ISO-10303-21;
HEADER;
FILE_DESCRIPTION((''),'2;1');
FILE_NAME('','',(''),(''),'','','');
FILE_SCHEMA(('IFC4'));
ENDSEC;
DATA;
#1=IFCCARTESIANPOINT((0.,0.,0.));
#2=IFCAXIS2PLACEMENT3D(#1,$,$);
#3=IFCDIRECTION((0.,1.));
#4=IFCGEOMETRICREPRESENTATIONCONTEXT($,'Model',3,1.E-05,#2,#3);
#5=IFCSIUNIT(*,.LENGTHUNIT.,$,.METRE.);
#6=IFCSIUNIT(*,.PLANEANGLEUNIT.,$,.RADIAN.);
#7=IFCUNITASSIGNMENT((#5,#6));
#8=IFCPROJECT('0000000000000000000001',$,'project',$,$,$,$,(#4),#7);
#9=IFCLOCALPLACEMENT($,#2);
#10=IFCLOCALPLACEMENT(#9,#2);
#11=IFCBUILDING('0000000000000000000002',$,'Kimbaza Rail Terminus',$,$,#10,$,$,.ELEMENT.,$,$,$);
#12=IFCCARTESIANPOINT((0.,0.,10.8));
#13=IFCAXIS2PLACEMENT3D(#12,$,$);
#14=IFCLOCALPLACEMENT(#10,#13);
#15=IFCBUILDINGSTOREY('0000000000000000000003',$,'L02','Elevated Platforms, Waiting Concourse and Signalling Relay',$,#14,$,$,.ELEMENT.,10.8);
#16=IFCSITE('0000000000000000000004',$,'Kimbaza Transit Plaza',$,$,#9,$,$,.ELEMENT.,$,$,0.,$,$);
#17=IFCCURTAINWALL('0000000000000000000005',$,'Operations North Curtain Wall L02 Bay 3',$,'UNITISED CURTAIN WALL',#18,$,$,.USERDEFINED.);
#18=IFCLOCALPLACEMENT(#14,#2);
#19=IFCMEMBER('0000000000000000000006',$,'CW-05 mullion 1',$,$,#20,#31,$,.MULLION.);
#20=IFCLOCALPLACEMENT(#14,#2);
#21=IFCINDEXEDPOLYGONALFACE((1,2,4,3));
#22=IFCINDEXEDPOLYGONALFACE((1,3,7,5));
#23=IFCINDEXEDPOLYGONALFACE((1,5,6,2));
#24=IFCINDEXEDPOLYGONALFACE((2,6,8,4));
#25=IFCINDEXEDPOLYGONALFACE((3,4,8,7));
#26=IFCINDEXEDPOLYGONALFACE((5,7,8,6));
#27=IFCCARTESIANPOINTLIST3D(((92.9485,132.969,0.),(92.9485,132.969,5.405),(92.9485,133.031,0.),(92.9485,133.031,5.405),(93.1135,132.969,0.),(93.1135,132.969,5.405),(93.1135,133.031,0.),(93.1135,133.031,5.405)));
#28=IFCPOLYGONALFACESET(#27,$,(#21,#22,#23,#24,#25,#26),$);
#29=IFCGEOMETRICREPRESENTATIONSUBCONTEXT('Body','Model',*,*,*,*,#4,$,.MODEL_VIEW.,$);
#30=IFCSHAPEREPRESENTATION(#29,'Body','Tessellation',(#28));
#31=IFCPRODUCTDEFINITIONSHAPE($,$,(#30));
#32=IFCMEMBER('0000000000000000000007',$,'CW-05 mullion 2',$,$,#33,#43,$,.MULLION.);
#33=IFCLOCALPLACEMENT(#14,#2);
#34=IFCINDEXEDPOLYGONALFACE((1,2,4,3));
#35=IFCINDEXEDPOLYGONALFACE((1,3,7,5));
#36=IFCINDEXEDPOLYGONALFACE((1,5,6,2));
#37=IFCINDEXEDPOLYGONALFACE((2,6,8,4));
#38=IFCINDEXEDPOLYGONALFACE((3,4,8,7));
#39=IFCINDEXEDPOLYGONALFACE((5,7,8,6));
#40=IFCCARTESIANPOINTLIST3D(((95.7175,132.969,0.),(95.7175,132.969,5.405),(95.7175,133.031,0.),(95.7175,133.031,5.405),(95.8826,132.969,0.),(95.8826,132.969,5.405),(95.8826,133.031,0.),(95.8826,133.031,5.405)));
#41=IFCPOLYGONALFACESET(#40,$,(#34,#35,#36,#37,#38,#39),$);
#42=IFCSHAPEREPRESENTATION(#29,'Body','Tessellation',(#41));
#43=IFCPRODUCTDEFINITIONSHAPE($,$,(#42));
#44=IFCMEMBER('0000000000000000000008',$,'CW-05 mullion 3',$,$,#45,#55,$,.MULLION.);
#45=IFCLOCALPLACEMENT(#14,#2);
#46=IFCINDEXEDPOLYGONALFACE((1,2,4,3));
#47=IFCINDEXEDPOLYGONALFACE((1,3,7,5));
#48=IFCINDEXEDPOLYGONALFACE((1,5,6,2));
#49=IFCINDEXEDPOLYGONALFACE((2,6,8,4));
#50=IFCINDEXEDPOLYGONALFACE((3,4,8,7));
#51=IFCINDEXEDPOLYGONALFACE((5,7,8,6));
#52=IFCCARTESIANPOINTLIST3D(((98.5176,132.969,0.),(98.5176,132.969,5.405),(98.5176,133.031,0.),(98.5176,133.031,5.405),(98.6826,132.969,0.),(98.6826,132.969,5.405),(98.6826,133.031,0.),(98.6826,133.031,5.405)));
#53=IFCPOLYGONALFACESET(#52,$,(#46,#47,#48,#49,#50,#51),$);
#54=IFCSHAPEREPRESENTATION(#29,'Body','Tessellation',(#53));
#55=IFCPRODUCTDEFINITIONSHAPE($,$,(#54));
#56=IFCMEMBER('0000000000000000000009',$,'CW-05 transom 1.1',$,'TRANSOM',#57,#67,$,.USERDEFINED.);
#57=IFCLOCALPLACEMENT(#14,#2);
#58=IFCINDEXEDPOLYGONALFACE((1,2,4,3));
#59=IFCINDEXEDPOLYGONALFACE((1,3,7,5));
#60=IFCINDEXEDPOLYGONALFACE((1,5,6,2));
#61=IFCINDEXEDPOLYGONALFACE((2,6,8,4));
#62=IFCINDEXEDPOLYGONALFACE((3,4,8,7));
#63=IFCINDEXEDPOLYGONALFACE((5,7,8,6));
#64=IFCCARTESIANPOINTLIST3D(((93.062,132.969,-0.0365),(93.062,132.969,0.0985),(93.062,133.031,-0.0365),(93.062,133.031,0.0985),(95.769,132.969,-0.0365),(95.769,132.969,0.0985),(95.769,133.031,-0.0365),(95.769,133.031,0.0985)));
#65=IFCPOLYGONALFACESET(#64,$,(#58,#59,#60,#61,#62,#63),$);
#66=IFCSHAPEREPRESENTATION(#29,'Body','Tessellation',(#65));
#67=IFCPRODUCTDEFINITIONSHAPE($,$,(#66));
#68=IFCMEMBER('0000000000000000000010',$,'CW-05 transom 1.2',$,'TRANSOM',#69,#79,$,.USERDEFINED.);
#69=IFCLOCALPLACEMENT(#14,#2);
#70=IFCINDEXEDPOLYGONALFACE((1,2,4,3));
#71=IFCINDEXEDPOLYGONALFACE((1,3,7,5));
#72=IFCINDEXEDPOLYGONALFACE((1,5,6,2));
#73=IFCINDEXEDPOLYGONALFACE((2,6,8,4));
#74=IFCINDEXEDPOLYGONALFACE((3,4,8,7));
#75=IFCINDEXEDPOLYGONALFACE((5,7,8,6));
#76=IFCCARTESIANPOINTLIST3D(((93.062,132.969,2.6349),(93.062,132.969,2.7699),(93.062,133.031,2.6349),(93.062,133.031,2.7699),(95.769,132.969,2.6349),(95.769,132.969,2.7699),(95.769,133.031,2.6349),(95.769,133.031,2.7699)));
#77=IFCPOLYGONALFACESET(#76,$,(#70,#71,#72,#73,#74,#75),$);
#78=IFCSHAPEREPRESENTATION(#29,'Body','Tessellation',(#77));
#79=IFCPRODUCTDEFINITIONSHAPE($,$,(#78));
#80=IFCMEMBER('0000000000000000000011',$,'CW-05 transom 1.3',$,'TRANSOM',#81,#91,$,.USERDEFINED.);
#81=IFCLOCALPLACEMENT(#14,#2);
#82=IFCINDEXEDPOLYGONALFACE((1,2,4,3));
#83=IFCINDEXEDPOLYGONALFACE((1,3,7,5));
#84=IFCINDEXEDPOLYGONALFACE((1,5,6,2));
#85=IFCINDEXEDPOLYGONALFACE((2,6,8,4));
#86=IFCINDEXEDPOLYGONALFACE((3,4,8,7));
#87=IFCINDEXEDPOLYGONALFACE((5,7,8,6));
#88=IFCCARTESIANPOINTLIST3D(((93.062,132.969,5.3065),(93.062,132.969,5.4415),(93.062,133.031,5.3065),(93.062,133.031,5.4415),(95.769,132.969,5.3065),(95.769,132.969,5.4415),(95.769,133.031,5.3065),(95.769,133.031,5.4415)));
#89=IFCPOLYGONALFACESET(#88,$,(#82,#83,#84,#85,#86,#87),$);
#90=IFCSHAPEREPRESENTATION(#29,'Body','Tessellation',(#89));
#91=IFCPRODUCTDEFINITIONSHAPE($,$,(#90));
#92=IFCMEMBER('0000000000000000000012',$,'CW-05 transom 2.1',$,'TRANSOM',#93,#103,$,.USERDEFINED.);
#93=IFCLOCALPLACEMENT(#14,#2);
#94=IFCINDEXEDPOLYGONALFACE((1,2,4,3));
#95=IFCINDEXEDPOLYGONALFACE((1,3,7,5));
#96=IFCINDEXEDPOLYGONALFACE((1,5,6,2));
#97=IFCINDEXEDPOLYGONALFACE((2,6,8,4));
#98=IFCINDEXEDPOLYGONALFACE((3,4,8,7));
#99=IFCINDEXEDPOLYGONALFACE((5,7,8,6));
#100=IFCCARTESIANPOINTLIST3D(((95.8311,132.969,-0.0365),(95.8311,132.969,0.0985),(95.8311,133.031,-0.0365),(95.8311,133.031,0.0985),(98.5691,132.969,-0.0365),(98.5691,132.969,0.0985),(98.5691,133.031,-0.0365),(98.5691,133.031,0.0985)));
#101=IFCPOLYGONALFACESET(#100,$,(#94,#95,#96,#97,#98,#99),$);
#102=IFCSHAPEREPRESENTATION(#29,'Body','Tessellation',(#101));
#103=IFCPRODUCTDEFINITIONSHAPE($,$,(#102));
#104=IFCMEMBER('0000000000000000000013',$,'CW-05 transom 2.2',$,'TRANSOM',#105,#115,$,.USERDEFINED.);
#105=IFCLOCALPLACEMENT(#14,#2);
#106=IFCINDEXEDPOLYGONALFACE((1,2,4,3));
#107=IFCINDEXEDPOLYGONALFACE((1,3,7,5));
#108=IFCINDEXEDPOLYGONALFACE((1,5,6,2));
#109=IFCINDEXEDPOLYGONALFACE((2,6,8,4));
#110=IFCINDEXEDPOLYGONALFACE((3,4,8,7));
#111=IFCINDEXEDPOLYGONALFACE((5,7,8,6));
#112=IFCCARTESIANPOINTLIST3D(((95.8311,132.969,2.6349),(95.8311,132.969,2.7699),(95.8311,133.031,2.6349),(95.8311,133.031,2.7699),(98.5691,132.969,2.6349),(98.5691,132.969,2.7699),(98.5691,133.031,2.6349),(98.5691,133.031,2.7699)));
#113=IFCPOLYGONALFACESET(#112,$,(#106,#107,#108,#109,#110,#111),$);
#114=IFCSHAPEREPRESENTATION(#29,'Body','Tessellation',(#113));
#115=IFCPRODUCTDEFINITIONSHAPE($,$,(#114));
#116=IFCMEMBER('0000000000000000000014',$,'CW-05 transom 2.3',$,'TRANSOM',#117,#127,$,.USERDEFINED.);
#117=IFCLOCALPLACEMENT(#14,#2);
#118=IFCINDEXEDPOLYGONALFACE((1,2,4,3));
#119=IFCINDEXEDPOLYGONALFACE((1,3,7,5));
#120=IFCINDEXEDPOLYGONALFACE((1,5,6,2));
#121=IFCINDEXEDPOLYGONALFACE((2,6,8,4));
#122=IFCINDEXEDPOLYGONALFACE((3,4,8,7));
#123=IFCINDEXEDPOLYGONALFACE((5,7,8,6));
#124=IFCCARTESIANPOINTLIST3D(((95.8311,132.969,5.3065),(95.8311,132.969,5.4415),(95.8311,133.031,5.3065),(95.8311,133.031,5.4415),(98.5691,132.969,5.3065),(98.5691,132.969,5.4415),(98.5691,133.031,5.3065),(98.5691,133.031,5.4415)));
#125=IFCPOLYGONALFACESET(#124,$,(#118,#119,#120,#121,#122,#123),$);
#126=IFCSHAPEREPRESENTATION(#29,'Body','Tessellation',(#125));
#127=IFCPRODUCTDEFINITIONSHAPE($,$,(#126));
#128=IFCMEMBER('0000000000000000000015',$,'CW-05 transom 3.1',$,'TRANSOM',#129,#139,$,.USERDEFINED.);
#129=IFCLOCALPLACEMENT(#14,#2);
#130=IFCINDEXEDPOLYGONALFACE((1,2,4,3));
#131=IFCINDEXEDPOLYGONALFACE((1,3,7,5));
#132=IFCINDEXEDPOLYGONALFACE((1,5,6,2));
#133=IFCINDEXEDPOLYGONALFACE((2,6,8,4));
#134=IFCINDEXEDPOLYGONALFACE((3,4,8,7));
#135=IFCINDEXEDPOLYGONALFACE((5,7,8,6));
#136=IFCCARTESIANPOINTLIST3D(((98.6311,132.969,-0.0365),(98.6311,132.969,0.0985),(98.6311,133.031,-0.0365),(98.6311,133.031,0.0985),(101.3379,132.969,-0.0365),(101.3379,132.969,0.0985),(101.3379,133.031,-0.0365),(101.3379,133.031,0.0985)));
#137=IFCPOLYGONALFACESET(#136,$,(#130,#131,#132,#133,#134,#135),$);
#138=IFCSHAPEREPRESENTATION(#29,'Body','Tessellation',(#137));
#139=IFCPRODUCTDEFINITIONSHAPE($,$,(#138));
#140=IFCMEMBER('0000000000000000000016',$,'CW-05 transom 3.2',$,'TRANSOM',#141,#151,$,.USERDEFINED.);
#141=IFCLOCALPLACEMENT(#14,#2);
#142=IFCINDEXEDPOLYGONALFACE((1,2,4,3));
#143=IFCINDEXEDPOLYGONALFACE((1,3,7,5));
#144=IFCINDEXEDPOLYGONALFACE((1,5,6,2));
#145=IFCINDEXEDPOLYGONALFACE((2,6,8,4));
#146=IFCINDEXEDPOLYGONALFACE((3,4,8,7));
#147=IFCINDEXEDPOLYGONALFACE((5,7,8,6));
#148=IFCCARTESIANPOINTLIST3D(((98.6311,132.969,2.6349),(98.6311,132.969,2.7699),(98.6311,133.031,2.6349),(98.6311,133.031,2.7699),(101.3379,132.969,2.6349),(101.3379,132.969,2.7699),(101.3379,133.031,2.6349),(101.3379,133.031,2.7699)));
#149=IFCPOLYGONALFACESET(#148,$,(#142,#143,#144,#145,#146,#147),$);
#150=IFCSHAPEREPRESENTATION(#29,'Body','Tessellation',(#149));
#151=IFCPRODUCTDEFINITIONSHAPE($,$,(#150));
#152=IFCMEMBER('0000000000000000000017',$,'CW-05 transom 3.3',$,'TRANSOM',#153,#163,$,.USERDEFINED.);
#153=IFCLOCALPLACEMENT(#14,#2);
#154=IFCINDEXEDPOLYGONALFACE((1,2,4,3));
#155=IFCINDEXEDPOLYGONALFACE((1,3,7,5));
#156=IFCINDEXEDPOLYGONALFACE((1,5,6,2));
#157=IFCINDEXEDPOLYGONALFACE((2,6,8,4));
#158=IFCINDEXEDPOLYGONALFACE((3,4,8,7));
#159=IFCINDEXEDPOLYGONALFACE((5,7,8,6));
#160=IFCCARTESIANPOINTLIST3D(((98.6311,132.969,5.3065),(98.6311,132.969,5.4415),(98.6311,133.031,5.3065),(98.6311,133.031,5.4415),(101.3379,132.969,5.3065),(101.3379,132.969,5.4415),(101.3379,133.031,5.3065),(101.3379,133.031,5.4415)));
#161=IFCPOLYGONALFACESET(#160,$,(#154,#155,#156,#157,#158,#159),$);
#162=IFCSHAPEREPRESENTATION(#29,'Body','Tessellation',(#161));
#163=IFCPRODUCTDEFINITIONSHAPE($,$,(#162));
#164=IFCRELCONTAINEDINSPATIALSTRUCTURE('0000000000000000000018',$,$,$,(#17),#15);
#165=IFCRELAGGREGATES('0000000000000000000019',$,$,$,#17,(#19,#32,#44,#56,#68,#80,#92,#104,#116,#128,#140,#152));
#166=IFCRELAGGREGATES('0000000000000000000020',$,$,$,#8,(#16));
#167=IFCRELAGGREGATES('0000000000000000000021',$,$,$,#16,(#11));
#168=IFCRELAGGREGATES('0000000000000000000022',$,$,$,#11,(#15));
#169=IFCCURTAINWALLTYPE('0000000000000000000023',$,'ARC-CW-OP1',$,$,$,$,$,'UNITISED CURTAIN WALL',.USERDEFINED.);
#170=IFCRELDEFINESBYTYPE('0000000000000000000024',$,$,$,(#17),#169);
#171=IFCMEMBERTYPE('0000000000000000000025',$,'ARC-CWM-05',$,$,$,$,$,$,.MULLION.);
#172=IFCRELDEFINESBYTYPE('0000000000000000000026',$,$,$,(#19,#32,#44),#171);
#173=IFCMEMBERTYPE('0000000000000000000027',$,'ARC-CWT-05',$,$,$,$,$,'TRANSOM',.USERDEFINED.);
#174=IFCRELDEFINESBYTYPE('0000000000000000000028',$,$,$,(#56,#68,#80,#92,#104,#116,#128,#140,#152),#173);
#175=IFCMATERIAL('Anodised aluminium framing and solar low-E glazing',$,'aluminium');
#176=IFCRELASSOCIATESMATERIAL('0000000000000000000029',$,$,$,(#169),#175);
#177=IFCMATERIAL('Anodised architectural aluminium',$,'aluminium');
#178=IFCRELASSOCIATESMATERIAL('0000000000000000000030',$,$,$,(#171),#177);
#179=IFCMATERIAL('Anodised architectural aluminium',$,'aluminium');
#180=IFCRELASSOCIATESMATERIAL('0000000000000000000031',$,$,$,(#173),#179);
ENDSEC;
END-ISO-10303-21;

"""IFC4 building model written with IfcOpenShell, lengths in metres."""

from ifc_helpers import new_model, si_unit, direction, frame, origin, origin_2d, place, context, subcontext, project, spatial, rectangle, extrude, material, material_profile, profile_set, type_object, element, aggregate, save


model = new_model("IFC4")

# Units and contexts
model_context = context("Model", 3, precision=1e-05, world=origin(), true_north=direction((0.0, 1.0)))
body_context = subcontext(model_context, "Body", "Model", "MODEL_VIEW")
ifc_project = project(units=[si_unit("LENGTHUNIT", "METRE"), si_unit("PLANEANGLEUNIT", "RADIAN")], contexts=[model_context])

# Site, building, storey
site_placement = place(None, origin())
site = spatial("IfcSite", under=ifc_project, at=site_placement, Name="Kimbaza Transit Plaza", CompositionType="ELEMENT", RefElevation=0.0)
building_placement = place(site_placement, origin())
building = spatial("IfcBuilding", under=site, at=building_placement, Name="Kimbaza Rail Terminus", CompositionType="ELEMENT")
storey_placement = place(building_placement, frame((0.0, 0.0, 10.8)))
storey = spatial("IfcBuildingStorey", under=building, at=storey_placement, Name="L02", Description="Elevated Platforms, Waiting Concourse and Signalling Relay", CompositionType="ELEMENT", Elevation=10.8)

# Curtain wall, members
ifc_material_1 = material(Name="Anodised aluminium framing and solar low-E glazing", Category="aluminium")
curtain_wall_type = type_object("IfcCurtainWallType", Name="ARC-CW-OP1", ElementType="UNITISED CURTAIN WALL", PredefinedType="USERDEFINED", material=ifc_material_1)
curtain_wall_placement = place(storey_placement, origin())
curtain_wall = element("IfcCurtainWall", 1, at=curtain_wall_placement, inside=storey, type_object=curtain_wall_type, Name="Operations North Curtain Wall L02 Bay 3", ObjectType="UNITISED CURTAIN WALL", PredefinedType="USERDEFINED")
ifc_material_2 = material(Name="Anodised architectural aluminium", Category="aluminium")
ifc_material_profile_1 = material_profile(ifc_material_2, rectangle(XDim=0.062, YDim=0.165, at=origin_2d()), Name="MULLION 62x165")
ifc_profile_set_1 = profile_set([ifc_material_profile_1], Name="Anodised architectural aluminium")
member_type_1 = type_object("IfcMemberType", Name="ARC-CWM-05", PredefinedType="MULLION", material=ifc_profile_set_1)
member_1_placement = place(storey_placement, frame((93.031, 133.0, 0.0), z_axis=(0.0, 0.0, 1.0), x_axis=(0.0, 1.0, 0.0)))
member_1 = element("IfcMember", 2, at=member_1_placement, type_object=member_type_1, Name="CW-05 mullion 1", PredefinedType="MULLION", context=body_context, shape_type="SweptSolid", body=[
    extrude(rectangle(XDim=0.062, YDim=0.165, at=origin_2d()), origin(), (0.0, 0.0, 1.0), 5.405),
])
member_2_placement = place(storey_placement, frame((95.8, 133.0, 0.0), z_axis=(0.0, 0.0, 1.0), x_axis=(0.0, 1.0, 0.0)))
member_2 = element("IfcMember", 3, at=member_2_placement, type_object=member_type_1, Name="CW-05 mullion 2", PredefinedType="MULLION", context=body_context, shape_type="SweptSolid", body=[
    extrude(rectangle(XDim=0.062, YDim=0.165, at=origin_2d()), origin(), (0.0, 0.0, 1.0), 5.405),
])
member_3_placement = place(storey_placement, frame((98.6001, 133.0, 0.0), z_axis=(0.0, 0.0, 1.0), x_axis=(0.0, 1.0, 0.0)))
member_3 = element("IfcMember", 4, at=member_3_placement, type_object=member_type_1, Name="CW-05 mullion 3", PredefinedType="MULLION", context=body_context, shape_type="SweptSolid", body=[
    extrude(rectangle(XDim=0.062, YDim=0.165, at=origin_2d()), origin(), (0.0, 0.0, 1.0), 5.405),
])
ifc_material_3 = material(Name="Anodised architectural aluminium", Category="aluminium")
ifc_material_profile_2 = material_profile(ifc_material_3, rectangle(XDim=0.062, YDim=0.135, at=origin_2d()), Name="TRANSOM 62x135")
ifc_profile_set_2 = profile_set([ifc_material_profile_2], Name="Anodised architectural aluminium")
member_type_2 = type_object("IfcMemberType", Name="ARC-CWT-05", ElementType="TRANSOM", PredefinedType="USERDEFINED", material=ifc_profile_set_2)
member_4_placement = place(storey_placement, frame((93.062, 133.0, 0.031), z_axis=(1.0, 0.0, 0.0), x_axis=(0.0, 1.0, 0.0)))
member_4 = element("IfcMember", 5, at=member_4_placement, type_object=member_type_2, Name="CW-05 transom 1.1", ObjectType="TRANSOM", PredefinedType="USERDEFINED", context=body_context, shape_type="SweptSolid", body=[
    extrude(rectangle(XDim=0.062, YDim=0.135, at=origin_2d()), origin(), (0.0, 0.0, 1.0), 2.707),
])
member_5_placement = place(storey_placement, frame((93.062, 133.0, 2.7024), z_axis=(1.0, 0.0, 0.0), x_axis=(0.0, 1.0, 0.0)))
member_5 = element("IfcMember", 6, at=member_5_placement, type_object=member_type_2, Name="CW-05 transom 1.2", ObjectType="TRANSOM", PredefinedType="USERDEFINED", context=body_context, shape_type="SweptSolid", body=[
    extrude(rectangle(XDim=0.062, YDim=0.135, at=origin_2d()), origin(), (0.0, 0.0, 1.0), 2.707),
])
member_6_placement = place(storey_placement, frame((93.062, 133.0, 5.374), z_axis=(1.0, 0.0, 0.0), x_axis=(0.0, 1.0, 0.0)))
member_6 = element("IfcMember", 7, at=member_6_placement, type_object=member_type_2, Name="CW-05 transom 1.3", ObjectType="TRANSOM", PredefinedType="USERDEFINED", context=body_context, shape_type="SweptSolid", body=[
    extrude(rectangle(XDim=0.062, YDim=0.135, at=origin_2d()), origin(), (0.0, 0.0, 1.0), 2.707),
])
member_7_placement = place(storey_placement, frame((95.8311, 133.0, 0.031), z_axis=(1.0, 0.0, 0.0), x_axis=(0.0, 1.0, 0.0)))
member_7 = element("IfcMember", 8, at=member_7_placement, type_object=member_type_2, Name="CW-05 transom 2.1", ObjectType="TRANSOM", PredefinedType="USERDEFINED", context=body_context, shape_type="SweptSolid", body=[
    extrude(rectangle(XDim=0.062, YDim=0.135, at=origin_2d()), origin(), (0.0, 0.0, 1.0), 2.738),
])
member_8_placement = place(storey_placement, frame((95.8311, 133.0, 2.7024), z_axis=(1.0, 0.0, 0.0), x_axis=(0.0, 1.0, 0.0)))
member_8 = element("IfcMember", 9, at=member_8_placement, type_object=member_type_2, Name="CW-05 transom 2.2", ObjectType="TRANSOM", PredefinedType="USERDEFINED", context=body_context, shape_type="SweptSolid", body=[
    extrude(rectangle(XDim=0.062, YDim=0.135, at=origin_2d()), origin(), (0.0, 0.0, 1.0), 2.738),
])
member_9_placement = place(storey_placement, frame((95.8311, 133.0, 5.374), z_axis=(1.0, 0.0, 0.0), x_axis=(0.0, 1.0, 0.0)))
member_9 = element("IfcMember", 10, at=member_9_placement, type_object=member_type_2, Name="CW-05 transom 2.3", ObjectType="TRANSOM", PredefinedType="USERDEFINED", context=body_context, shape_type="SweptSolid", body=[
    extrude(rectangle(XDim=0.062, YDim=0.135, at=origin_2d()), origin(), (0.0, 0.0, 1.0), 2.738),
])
member_10_placement = place(storey_placement, frame((98.6311, 133.0, 0.031), z_axis=(1.0, 0.0, 0.0), x_axis=(0.0, 1.0, 0.0)))
member_10 = element("IfcMember", 11, at=member_10_placement, type_object=member_type_2, Name="CW-05 transom 3.1", ObjectType="TRANSOM", PredefinedType="USERDEFINED", context=body_context, shape_type="SweptSolid", body=[
    extrude(rectangle(XDim=0.062, YDim=0.135, at=origin_2d()), origin(), (0.0, 0.0, 1.0), 2.7068),
])
member_11_placement = place(storey_placement, frame((98.6311, 133.0, 2.7024), z_axis=(1.0, 0.0, 0.0), x_axis=(0.0, 1.0, 0.0)))
member_11 = element("IfcMember", 12, at=member_11_placement, type_object=member_type_2, Name="CW-05 transom 3.2", ObjectType="TRANSOM", PredefinedType="USERDEFINED", context=body_context, shape_type="SweptSolid", body=[
    extrude(rectangle(XDim=0.062, YDim=0.135, at=origin_2d()), origin(), (0.0, 0.0, 1.0), 2.7068),
])
member_12_placement = place(storey_placement, frame((98.6311, 133.0, 5.374), z_axis=(1.0, 0.0, 0.0), x_axis=(0.0, 1.0, 0.0)))
member_12 = element("IfcMember", 13, at=member_12_placement, type_object=member_type_2, Name="CW-05 transom 3.3", ObjectType="TRANSOM", PredefinedType="USERDEFINED", context=body_context, shape_type="SweptSolid", body=[
    extrude(rectangle(XDim=0.062, YDim=0.135, at=origin_2d()), origin(), (0.0, 0.0, 1.0), 2.7068),
])

aggregate(curtain_wall, [member_1, member_2, member_3, member_4, member_5, member_6, member_7, member_8, member_9, member_10, member_11, member_12])

save(model, "model.ifc")
